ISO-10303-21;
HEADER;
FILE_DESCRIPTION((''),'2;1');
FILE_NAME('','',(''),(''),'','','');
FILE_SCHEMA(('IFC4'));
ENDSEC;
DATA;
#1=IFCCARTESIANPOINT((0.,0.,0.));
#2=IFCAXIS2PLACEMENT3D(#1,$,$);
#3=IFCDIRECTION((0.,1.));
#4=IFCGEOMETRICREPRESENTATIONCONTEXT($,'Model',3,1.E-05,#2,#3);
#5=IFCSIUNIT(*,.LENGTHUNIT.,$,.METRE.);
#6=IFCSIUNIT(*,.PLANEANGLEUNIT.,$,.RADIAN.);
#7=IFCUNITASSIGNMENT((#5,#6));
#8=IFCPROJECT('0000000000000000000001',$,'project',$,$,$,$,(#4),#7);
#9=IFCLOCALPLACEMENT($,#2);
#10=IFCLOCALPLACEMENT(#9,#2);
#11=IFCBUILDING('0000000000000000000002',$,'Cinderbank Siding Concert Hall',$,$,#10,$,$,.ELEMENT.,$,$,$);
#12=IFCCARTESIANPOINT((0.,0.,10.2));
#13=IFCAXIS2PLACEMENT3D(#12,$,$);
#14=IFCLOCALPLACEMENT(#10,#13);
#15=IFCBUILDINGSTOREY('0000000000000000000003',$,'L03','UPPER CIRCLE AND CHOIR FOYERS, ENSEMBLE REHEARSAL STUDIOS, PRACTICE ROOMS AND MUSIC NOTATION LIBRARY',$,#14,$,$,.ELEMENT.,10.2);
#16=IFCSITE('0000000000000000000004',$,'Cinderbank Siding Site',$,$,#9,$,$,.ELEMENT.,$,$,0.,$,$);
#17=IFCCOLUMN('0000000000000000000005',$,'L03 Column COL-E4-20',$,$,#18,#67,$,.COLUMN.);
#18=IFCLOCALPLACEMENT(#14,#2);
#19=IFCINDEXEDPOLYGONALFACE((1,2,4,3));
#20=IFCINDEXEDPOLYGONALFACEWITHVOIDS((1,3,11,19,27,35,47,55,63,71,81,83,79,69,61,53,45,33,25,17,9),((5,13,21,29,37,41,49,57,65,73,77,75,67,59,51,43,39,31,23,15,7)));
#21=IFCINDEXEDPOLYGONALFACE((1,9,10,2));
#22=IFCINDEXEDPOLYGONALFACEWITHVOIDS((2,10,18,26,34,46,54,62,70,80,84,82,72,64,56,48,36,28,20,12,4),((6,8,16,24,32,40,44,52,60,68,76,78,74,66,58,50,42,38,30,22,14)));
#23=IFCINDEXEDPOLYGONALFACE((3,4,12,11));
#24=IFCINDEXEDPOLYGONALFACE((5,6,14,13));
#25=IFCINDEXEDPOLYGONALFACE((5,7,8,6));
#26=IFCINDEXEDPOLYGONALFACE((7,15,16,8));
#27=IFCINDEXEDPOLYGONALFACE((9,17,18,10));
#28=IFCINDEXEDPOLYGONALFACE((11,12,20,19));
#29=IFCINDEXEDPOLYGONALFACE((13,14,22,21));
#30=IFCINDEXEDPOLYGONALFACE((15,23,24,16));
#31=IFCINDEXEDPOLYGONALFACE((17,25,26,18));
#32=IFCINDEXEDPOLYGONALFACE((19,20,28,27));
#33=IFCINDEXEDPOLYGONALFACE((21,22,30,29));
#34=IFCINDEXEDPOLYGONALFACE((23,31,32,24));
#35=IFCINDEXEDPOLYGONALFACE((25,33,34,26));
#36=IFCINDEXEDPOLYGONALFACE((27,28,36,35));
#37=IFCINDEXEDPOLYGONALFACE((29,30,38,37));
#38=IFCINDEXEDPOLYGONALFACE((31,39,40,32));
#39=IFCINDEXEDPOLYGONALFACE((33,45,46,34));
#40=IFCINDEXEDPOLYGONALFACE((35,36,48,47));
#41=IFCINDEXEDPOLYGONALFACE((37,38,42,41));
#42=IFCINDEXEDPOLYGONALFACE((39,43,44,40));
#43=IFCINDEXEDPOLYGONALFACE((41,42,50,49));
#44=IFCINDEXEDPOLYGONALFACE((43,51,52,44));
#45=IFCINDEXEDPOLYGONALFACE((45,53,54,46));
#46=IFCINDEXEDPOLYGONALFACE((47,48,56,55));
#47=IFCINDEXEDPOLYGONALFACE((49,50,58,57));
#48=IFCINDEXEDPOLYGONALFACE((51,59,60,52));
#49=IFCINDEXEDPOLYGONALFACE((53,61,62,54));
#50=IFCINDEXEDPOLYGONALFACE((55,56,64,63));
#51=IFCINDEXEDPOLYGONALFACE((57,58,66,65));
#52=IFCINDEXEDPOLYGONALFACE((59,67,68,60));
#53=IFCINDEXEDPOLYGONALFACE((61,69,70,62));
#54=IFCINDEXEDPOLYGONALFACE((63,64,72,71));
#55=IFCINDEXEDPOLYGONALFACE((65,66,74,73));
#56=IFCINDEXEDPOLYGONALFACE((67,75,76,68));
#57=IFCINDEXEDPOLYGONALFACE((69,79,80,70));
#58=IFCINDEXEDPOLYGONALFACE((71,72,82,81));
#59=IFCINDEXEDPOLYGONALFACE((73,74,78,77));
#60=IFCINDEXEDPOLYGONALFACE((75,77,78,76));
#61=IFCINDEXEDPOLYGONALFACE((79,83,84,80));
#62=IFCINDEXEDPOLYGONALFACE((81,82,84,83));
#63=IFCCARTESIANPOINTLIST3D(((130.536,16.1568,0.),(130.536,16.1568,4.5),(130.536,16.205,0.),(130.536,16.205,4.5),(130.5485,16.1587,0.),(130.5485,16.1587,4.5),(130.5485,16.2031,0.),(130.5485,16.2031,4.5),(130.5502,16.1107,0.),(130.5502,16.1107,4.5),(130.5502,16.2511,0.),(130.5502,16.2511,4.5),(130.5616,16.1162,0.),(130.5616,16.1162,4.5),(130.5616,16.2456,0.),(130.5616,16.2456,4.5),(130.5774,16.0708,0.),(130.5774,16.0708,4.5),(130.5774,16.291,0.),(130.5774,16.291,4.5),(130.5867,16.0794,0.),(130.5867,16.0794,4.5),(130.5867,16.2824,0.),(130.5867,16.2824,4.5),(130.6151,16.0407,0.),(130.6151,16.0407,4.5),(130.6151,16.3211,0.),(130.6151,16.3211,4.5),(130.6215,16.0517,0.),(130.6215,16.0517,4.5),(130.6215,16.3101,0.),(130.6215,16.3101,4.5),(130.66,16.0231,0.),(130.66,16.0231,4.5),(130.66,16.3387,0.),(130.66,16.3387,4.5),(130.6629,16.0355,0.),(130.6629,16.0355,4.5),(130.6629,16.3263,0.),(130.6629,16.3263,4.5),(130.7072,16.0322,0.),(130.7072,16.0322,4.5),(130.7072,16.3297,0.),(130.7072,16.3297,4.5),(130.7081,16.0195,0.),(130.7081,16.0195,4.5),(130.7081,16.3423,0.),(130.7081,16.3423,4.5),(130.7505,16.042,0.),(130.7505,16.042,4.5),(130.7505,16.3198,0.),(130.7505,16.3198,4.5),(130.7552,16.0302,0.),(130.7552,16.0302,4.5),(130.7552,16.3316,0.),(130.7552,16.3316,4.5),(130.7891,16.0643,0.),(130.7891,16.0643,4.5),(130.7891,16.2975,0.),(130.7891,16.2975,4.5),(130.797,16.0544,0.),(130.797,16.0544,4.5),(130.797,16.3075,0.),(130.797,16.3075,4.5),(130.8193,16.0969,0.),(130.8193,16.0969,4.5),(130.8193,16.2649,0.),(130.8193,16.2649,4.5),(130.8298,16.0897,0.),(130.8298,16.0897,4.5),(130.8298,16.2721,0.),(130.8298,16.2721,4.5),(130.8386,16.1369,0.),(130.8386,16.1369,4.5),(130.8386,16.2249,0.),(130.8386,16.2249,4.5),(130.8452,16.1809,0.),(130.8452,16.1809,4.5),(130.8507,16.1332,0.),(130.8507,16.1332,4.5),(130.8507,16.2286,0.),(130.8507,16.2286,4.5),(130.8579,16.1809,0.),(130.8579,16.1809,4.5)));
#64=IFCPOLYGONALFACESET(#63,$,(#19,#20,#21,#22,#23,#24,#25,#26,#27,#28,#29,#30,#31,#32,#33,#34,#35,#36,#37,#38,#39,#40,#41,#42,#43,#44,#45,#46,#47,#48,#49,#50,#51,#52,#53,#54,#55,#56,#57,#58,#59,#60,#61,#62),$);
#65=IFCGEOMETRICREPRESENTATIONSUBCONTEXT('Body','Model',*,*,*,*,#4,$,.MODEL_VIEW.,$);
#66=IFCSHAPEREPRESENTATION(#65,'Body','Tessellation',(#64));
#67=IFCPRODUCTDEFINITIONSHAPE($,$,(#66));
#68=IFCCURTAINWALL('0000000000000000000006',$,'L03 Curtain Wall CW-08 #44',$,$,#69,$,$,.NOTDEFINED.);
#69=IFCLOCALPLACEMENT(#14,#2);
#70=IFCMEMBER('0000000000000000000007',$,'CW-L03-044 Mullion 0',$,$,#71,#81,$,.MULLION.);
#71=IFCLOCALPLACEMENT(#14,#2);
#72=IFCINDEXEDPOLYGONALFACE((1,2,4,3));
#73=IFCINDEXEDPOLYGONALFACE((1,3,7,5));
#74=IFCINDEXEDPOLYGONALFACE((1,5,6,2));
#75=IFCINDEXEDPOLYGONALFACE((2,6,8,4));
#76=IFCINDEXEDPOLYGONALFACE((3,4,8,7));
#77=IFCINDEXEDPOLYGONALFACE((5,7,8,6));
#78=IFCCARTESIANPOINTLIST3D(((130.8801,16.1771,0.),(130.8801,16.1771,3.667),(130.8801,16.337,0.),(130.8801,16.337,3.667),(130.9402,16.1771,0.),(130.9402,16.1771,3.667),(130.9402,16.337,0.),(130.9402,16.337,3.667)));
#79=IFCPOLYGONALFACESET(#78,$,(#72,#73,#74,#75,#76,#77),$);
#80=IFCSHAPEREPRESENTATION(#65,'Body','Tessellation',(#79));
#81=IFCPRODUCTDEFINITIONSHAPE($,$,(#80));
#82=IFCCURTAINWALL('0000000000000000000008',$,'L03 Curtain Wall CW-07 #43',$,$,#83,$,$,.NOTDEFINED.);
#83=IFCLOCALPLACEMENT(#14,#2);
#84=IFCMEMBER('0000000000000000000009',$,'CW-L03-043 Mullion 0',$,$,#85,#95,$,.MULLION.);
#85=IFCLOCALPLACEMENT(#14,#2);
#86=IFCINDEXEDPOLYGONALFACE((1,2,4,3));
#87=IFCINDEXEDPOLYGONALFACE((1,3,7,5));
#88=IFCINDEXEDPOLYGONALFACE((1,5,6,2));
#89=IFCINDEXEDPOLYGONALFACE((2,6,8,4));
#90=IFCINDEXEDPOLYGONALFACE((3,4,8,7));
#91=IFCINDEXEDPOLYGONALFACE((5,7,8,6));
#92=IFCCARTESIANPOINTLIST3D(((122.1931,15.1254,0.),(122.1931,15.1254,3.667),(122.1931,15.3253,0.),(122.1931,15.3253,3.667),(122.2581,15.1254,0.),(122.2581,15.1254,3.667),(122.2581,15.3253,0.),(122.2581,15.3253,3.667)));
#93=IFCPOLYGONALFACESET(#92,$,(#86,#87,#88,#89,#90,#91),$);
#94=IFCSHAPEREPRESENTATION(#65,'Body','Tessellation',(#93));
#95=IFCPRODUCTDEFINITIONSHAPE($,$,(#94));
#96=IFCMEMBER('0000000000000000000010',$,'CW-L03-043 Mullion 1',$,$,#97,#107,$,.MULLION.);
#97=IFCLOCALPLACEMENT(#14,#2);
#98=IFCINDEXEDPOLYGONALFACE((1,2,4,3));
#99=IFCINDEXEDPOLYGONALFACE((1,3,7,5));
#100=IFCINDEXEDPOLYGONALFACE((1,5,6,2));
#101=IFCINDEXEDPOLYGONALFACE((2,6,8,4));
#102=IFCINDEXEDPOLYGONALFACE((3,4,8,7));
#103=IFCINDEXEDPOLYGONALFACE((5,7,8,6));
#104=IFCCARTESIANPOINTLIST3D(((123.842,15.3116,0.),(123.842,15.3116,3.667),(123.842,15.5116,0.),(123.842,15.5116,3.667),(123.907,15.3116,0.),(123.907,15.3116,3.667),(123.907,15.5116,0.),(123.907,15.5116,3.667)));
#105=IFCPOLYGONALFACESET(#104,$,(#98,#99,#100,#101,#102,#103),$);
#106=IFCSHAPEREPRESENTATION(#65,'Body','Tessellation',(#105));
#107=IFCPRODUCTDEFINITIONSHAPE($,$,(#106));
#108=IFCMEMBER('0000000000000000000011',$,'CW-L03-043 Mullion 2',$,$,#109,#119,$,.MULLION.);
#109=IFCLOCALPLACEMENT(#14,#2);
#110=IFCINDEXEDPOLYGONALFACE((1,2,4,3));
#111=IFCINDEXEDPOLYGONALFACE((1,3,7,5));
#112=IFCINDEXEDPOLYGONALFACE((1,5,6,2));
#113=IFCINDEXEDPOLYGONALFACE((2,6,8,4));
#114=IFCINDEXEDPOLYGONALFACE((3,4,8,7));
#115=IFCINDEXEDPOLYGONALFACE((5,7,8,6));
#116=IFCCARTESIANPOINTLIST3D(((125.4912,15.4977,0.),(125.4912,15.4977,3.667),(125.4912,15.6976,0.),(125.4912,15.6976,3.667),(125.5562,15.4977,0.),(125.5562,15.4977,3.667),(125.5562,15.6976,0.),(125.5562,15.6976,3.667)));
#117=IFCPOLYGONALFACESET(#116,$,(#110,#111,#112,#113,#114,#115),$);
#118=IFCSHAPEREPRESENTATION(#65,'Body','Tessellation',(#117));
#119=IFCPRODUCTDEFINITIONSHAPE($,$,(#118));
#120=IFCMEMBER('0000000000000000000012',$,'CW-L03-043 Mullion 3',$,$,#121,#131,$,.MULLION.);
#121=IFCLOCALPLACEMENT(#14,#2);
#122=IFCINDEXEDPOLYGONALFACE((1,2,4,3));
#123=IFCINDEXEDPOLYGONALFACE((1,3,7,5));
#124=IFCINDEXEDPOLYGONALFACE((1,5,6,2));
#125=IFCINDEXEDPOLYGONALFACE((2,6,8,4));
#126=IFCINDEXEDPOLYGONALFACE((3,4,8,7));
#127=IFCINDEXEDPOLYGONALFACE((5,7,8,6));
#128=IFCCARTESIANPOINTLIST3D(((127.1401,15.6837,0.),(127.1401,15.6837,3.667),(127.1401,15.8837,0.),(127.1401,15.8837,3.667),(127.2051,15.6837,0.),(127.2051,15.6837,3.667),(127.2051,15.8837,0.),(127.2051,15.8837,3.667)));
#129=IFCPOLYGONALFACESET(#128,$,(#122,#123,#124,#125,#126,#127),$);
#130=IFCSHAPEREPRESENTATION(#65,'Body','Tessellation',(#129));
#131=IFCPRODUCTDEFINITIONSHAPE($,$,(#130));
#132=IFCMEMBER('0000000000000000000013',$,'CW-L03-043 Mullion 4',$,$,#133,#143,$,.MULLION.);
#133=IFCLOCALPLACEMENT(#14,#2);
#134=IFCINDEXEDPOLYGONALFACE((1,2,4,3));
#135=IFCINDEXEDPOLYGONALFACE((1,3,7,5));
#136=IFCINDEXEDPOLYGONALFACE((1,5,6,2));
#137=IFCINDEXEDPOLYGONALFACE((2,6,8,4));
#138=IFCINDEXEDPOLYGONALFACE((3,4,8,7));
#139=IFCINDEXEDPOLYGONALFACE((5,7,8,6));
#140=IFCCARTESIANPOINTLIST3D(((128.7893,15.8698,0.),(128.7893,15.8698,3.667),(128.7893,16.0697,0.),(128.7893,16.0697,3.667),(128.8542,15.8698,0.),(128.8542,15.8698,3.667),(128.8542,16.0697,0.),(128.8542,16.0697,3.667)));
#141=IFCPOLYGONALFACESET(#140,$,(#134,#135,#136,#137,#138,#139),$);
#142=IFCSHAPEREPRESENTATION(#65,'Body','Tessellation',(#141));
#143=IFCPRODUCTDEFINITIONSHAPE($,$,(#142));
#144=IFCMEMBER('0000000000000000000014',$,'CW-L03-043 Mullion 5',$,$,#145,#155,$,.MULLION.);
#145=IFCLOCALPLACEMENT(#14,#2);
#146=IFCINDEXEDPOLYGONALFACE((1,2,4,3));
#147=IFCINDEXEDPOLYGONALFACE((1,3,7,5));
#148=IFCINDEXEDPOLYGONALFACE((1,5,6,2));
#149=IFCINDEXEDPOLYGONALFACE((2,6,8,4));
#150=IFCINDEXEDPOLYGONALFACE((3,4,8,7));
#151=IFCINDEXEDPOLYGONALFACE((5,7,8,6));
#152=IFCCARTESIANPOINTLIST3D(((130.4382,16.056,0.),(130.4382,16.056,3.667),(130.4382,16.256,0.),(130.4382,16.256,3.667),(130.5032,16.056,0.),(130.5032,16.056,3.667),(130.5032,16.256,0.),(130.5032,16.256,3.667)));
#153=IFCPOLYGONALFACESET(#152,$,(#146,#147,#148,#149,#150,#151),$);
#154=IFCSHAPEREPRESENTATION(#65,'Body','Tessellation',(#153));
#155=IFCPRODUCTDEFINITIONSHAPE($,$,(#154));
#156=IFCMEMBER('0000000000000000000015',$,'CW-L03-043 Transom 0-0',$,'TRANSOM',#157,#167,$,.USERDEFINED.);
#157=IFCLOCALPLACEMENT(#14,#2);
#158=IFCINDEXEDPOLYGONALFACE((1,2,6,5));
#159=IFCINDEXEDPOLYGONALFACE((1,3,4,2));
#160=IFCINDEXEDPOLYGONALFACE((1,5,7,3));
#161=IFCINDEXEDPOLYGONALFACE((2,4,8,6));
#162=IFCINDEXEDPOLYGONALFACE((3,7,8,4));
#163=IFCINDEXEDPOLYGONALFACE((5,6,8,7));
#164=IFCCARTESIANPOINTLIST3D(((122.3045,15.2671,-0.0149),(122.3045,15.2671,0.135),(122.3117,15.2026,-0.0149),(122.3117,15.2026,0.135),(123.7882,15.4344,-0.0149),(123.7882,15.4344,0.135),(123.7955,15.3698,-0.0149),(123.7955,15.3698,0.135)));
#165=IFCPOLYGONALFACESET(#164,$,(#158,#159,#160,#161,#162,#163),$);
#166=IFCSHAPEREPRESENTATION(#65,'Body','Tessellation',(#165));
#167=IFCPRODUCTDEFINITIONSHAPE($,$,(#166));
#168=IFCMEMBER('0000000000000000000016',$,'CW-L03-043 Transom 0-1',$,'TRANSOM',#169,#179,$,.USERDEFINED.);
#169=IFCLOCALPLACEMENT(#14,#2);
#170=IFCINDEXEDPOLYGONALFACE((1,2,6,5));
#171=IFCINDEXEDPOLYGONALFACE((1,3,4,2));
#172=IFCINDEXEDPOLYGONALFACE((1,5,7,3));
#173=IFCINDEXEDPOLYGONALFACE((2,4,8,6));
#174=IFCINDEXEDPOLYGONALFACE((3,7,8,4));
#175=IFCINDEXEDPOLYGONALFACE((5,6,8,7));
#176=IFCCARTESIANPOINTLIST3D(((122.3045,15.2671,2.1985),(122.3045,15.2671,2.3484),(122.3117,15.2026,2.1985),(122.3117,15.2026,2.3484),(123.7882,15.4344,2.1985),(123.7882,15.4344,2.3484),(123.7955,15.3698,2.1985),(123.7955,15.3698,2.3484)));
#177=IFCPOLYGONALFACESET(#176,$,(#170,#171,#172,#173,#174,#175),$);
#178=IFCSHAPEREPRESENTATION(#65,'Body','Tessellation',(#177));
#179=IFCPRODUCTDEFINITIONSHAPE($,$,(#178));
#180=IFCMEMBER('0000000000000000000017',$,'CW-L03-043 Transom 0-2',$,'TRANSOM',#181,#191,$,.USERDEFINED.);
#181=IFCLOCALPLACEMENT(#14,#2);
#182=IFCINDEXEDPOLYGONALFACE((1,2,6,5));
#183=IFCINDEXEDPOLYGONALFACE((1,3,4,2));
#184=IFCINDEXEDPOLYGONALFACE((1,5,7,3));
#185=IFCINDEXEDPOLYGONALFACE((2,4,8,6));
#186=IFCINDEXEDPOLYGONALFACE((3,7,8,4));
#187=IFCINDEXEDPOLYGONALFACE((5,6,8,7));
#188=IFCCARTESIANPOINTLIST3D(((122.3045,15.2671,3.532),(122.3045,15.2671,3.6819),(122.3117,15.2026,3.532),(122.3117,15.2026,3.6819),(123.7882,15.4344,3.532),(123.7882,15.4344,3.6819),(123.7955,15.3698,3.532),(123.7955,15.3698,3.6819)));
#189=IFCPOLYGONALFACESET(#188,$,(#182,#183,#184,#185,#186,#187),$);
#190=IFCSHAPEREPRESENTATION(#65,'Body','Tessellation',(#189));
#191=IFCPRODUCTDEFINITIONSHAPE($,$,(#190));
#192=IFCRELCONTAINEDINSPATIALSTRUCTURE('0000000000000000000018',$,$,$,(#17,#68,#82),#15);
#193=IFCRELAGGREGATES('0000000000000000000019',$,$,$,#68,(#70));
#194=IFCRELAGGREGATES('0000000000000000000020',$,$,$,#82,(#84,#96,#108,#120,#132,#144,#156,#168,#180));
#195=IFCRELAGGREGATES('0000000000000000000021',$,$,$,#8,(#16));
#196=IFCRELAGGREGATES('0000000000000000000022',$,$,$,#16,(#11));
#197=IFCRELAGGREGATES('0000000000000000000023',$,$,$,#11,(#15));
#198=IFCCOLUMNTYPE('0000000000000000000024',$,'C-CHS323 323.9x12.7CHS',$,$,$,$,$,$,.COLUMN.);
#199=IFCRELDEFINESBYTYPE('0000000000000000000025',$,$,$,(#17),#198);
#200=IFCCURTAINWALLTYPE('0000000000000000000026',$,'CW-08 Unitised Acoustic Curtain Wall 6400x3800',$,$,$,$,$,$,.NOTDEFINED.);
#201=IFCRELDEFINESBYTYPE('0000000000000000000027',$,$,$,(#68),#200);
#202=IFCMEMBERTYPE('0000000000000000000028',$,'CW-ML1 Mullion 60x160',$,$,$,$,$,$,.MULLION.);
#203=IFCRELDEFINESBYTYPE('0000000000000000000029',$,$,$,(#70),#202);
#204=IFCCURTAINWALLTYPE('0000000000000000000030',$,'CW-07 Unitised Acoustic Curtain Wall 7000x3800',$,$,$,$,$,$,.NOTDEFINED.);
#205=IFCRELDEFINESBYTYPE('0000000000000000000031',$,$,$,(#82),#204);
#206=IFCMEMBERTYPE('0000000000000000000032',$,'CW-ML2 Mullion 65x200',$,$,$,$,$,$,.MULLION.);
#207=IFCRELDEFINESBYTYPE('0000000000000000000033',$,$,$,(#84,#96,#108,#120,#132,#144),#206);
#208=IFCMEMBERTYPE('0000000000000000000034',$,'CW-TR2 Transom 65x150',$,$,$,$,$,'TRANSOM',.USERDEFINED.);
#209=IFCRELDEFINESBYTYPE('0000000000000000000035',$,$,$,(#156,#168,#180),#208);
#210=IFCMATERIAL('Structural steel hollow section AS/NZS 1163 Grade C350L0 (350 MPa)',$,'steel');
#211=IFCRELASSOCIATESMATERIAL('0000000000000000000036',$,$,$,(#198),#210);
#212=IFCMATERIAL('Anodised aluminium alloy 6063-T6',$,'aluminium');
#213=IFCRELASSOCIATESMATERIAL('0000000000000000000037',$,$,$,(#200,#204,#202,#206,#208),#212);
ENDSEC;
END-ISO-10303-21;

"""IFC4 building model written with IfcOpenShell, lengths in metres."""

from ifc_helpers import new_model, si_unit, direction, frame, origin, origin_2d, place, context, subcontext, project, spatial, rectangle, hollow_circle, extrude, material, material_profile, profile_set, type_object, element, aggregate, save


model = new_model("IFC4")

# Units and contexts
model_context = context("Model", 3, precision=1e-05, world=origin(), true_north=direction((0.0, 1.0)))
body_context = subcontext(model_context, "Body", "Model", "MODEL_VIEW")
ifc_project = project(units=[si_unit("LENGTHUNIT", "METRE"), si_unit("PLANEANGLEUNIT", "RADIAN")], contexts=[model_context])

# Site, building, storey
site_placement = place(None, origin())
site = spatial("IfcSite", under=ifc_project, at=site_placement, Name="Cinderbank Siding Site", CompositionType="ELEMENT", RefElevation=0.0)
building_placement = place(site_placement, origin())
building = spatial("IfcBuilding", under=site, at=building_placement, Name="Cinderbank Siding Concert Hall", CompositionType="ELEMENT")
storey_placement = place(building_placement, frame((0.0, 0.0, 10.2)))
storey = spatial("IfcBuildingStorey", under=building, at=storey_placement, Name="L03", Description="UPPER CIRCLE AND CHOIR FOYERS, ENSEMBLE REHEARSAL STUDIOS, PRACTICE ROOMS AND MUSIC NOTATION LIBRARY", CompositionType="ELEMENT", Elevation=10.2)

# Column
ifc_material_1 = material(Name="Structural steel hollow section AS/NZS 1163 Grade C350L0 (350 MPa)", Category="steel")
ifc_material_profile_1 = material_profile(ifc_material_1, hollow_circle(Radius=0.1619, WallThickness=0.0127, at=origin_2d()), Name="323.9x12.7CHS", Category="LoadBearing")
ifc_profile_set_1 = profile_set([ifc_material_profile_1], Name="Structural steel hollow section AS/NZS 1163 Grade C350L0 (350 MPa)")
column_type = type_object("IfcColumnType", Name="C-CHS323 323.9x12.7CHS", PredefinedType="COLUMN", material=ifc_profile_set_1)
column_placement = place(storey_placement, frame((130.696, 16.1809, 0.0), z_axis=(0.0, 0.0, 1.0), x_axis=(1.0, 0.0, 0.0)))
element("IfcColumn", 1, at=column_placement, inside=storey, type_object=column_type, Name="L03 Column COL-E4-20", PredefinedType="COLUMN", context=body_context, shape_type="SweptSolid", body=[
    extrude(hollow_circle(Radius=0.1619, WallThickness=0.0127, at=origin_2d()), origin(), (0.0, 0.0, 1.0), 4.5),
])

# Curtain wall, member
ifc_material_2 = material(Name="Anodised aluminium alloy 6063-T6", Category="aluminium")
curtain_wall_type_1 = type_object("IfcCurtainWallType", Name="CW-08 Unitised Acoustic Curtain Wall 6400x3800", PredefinedType="NOTDEFINED", material=ifc_material_2)
curtain_wall_1_placement = place(storey_placement, origin())
curtain_wall_1 = element("IfcCurtainWall", 2, at=curtain_wall_1_placement, inside=storey, type_object=curtain_wall_type_1, Name="L03 Curtain Wall CW-08 #44", PredefinedType="NOTDEFINED")
ifc_material_profile_2 = material_profile(ifc_material_2, rectangle(XDim=0.0601, YDim=0.1599, at=origin_2d()), Name="ALU-MULL-60x160", Category="LoadBearing")
ifc_profile_set_2 = profile_set([ifc_material_profile_2], Name="Anodised aluminium alloy 6063-T6")
member_type_1 = type_object("IfcMemberType", Name="CW-ML1 Mullion 60x160", PredefinedType="MULLION", material=ifc_profile_set_2)
member_1_placement = place(storey_placement, frame((130.9102, 16.2571, 0.0), z_axis=(0.0, 0.0, 1.0), x_axis=(1.0, 0.0, 0.0)))
member_1 = element("IfcMember", 3, at=member_1_placement, type_object=member_type_1, Name="CW-L03-044 Mullion 0", PredefinedType="MULLION", context=body_context, shape_type="SweptSolid", body=[
    extrude(rectangle(XDim=0.0601, YDim=0.1599, at=origin_2d()), origin(), (0.0, 0.0, 1.0), 3.667),
])
aggregate(curtain_wall_1, [member_1])

# Curtain wall, members
curtain_wall_type_2 = type_object("IfcCurtainWallType", Name="CW-07 Unitised Acoustic Curtain Wall 7000x3800", PredefinedType="NOTDEFINED", material=ifc_material_2)
curtain_wall_2_placement = place(storey_placement, origin())
curtain_wall_2 = element("IfcCurtainWall", 4, at=curtain_wall_2_placement, inside=storey, type_object=curtain_wall_type_2, Name="L03 Curtain Wall CW-07 #43", PredefinedType="NOTDEFINED")
ifc_material_profile_3 = material_profile(ifc_material_2, rectangle(XDim=0.0649, YDim=0.2, at=origin_2d()), Name="ALU-MULL-65x200", Category="LoadBearing")
ifc_profile_set_3 = profile_set([ifc_material_profile_3], Name="Anodised aluminium alloy 6063-T6")
member_type_2 = type_object("IfcMemberType", Name="CW-ML2 Mullion 65x200", PredefinedType="MULLION", material=ifc_profile_set_3)
member_2_placement = place(storey_placement, frame((122.2256, 15.2253, 0.0), z_axis=(0.0, 0.0, 1.0), x_axis=(1.0, 0.0, 0.0)))
member_2 = element("IfcMember", 5, at=member_2_placement, type_object=member_type_2, Name="CW-L03-043 Mullion 0", PredefinedType="MULLION", context=body_context, shape_type="SweptSolid", body=[
    extrude(rectangle(XDim=0.0649, YDim=0.2, at=origin_2d()), origin(), (0.0, 0.0, 1.0), 3.667),
])
member_3_placement = place(storey_placement, frame((123.8745, 15.4116, 0.0), z_axis=(0.0, 0.0, 1.0), x_axis=(1.0, 0.0, 0.0)))
member_3 = element("IfcMember", 6, at=member_3_placement, type_object=member_type_2, Name="CW-L03-043 Mullion 1", PredefinedType="MULLION", context=body_context, shape_type="SweptSolid", body=[
    extrude(rectangle(XDim=0.0649, YDim=0.2, at=origin_2d()), origin(), (0.0, 0.0, 1.0), 3.667),
])
member_4_placement = place(storey_placement, frame((125.5237, 15.5977, 0.0), z_axis=(0.0, 0.0, 1.0), x_axis=(1.0, 0.0, 0.0)))
member_4 = element("IfcMember", 7, at=member_4_placement, type_object=member_type_2, Name="CW-L03-043 Mullion 2", PredefinedType="MULLION", context=body_context, shape_type="SweptSolid", body=[
    extrude(rectangle(XDim=0.0649, YDim=0.2, at=origin_2d()), origin(), (0.0, 0.0, 1.0), 3.667),
])
member_5_placement = place(storey_placement, frame((127.1726, 15.7837, 0.0), z_axis=(0.0, 0.0, 1.0), x_axis=(1.0, 0.0, 0.0)))
member_5 = element("IfcMember", 8, at=member_5_placement, type_object=member_type_2, Name="CW-L03-043 Mullion 3", PredefinedType="MULLION", context=body_context, shape_type="SweptSolid", body=[
    extrude(rectangle(XDim=0.0649, YDim=0.2, at=origin_2d()), origin(), (0.0, 0.0, 1.0), 3.667),
])
member_6_placement = place(storey_placement, frame((128.8218, 15.9697, 0.0), z_axis=(0.0, 0.0, 1.0), x_axis=(1.0, 0.0, 0.0)))
member_6 = element("IfcMember", 9, at=member_6_placement, type_object=member_type_2, Name="CW-L03-043 Mullion 4", PredefinedType="MULLION", context=body_context, shape_type="SweptSolid", body=[
    extrude(rectangle(XDim=0.0649, YDim=0.2, at=origin_2d()), origin(), (0.0, 0.0, 1.0), 3.667),
])
member_7_placement = place(storey_placement, frame((130.4707, 16.156, 0.0), z_axis=(0.0, 0.0, 1.0), x_axis=(1.0, 0.0, 0.0)))
member_7 = element("IfcMember", 10, at=member_7_placement, type_object=member_type_2, Name="CW-L03-043 Mullion 5", PredefinedType="MULLION", context=body_context, shape_type="SweptSolid", body=[
    extrude(rectangle(XDim=0.0649, YDim=0.2, at=origin_2d()), origin(), (0.0, 0.0, 1.0), 3.667),
])
ifc_material_profile_4 = material_profile(ifc_material_2, rectangle(XDim=0.0649, YDim=0.1499, at=origin_2d()), Name="ALU-TRAN-65x150", Category="LoadBearing")
ifc_profile_set_4 = profile_set([ifc_material_profile_4], Name="Anodised aluminium alloy 6063-T6")
member_type_3 = type_object("IfcMemberType", Name="CW-TR2 Transom 65x150", ElementType="TRANSOM", PredefinedType="USERDEFINED", material=ifc_profile_set_4)
member_8_placement = place(storey_placement, frame((122.3081, 15.2349, 0.0601), z_axis=(0.993709, 0.111993, 0.0), x_axis=(-0.111993, 0.993709, 0.0)))
member_8 = element("IfcMember", 11, at=member_8_placement, type_object=member_type_3, Name="CW-L03-043 Transom 0-0", ObjectType="TRANSOM", PredefinedType="USERDEFINED", context=body_context, shape_type="SweptSolid", body=[
    extrude(rectangle(XDim=0.0649, YDim=0.1499, at=origin_2d()), origin(), (0.0, 0.0, 1.0), 1.4932),
])
member_9_placement = place(storey_placement, frame((122.3081, 15.2349, 2.2734), z_axis=(0.993709, 0.111993, 0.0), x_axis=(-0.111993, 0.993709, 0.0)))
member_9 = element("IfcMember", 12, at=member_9_placement, type_object=member_type_3, Name="CW-L03-043 Transom 0-1", ObjectType="TRANSOM", PredefinedType="USERDEFINED", context=body_context, shape_type="SweptSolid", body=[
    extrude(rectangle(XDim=0.0649, YDim=0.1499, at=origin_2d()), origin(), (0.0, 0.0, 1.0), 1.4932),
])
member_10_placement = place(storey_placement, frame((122.3081, 15.2349, 3.6069), z_axis=(0.993709, 0.111993, 0.0), x_axis=(-0.111993, 0.993709, 0.0)))
member_10 = element("IfcMember", 13, at=member_10_placement, type_object=member_type_3, Name="CW-L03-043 Transom 0-2", ObjectType="TRANSOM", PredefinedType="USERDEFINED", context=body_context, shape_type="SweptSolid", body=[
    extrude(rectangle(XDim=0.0649, YDim=0.1499, at=origin_2d()), origin(), (0.0, 0.0, 1.0), 1.4932),
])

aggregate(curtain_wall_2, [member_2, member_3, member_4, member_5, member_6, member_7, member_8, member_9, member_10])

save(model, "model.ifc")
